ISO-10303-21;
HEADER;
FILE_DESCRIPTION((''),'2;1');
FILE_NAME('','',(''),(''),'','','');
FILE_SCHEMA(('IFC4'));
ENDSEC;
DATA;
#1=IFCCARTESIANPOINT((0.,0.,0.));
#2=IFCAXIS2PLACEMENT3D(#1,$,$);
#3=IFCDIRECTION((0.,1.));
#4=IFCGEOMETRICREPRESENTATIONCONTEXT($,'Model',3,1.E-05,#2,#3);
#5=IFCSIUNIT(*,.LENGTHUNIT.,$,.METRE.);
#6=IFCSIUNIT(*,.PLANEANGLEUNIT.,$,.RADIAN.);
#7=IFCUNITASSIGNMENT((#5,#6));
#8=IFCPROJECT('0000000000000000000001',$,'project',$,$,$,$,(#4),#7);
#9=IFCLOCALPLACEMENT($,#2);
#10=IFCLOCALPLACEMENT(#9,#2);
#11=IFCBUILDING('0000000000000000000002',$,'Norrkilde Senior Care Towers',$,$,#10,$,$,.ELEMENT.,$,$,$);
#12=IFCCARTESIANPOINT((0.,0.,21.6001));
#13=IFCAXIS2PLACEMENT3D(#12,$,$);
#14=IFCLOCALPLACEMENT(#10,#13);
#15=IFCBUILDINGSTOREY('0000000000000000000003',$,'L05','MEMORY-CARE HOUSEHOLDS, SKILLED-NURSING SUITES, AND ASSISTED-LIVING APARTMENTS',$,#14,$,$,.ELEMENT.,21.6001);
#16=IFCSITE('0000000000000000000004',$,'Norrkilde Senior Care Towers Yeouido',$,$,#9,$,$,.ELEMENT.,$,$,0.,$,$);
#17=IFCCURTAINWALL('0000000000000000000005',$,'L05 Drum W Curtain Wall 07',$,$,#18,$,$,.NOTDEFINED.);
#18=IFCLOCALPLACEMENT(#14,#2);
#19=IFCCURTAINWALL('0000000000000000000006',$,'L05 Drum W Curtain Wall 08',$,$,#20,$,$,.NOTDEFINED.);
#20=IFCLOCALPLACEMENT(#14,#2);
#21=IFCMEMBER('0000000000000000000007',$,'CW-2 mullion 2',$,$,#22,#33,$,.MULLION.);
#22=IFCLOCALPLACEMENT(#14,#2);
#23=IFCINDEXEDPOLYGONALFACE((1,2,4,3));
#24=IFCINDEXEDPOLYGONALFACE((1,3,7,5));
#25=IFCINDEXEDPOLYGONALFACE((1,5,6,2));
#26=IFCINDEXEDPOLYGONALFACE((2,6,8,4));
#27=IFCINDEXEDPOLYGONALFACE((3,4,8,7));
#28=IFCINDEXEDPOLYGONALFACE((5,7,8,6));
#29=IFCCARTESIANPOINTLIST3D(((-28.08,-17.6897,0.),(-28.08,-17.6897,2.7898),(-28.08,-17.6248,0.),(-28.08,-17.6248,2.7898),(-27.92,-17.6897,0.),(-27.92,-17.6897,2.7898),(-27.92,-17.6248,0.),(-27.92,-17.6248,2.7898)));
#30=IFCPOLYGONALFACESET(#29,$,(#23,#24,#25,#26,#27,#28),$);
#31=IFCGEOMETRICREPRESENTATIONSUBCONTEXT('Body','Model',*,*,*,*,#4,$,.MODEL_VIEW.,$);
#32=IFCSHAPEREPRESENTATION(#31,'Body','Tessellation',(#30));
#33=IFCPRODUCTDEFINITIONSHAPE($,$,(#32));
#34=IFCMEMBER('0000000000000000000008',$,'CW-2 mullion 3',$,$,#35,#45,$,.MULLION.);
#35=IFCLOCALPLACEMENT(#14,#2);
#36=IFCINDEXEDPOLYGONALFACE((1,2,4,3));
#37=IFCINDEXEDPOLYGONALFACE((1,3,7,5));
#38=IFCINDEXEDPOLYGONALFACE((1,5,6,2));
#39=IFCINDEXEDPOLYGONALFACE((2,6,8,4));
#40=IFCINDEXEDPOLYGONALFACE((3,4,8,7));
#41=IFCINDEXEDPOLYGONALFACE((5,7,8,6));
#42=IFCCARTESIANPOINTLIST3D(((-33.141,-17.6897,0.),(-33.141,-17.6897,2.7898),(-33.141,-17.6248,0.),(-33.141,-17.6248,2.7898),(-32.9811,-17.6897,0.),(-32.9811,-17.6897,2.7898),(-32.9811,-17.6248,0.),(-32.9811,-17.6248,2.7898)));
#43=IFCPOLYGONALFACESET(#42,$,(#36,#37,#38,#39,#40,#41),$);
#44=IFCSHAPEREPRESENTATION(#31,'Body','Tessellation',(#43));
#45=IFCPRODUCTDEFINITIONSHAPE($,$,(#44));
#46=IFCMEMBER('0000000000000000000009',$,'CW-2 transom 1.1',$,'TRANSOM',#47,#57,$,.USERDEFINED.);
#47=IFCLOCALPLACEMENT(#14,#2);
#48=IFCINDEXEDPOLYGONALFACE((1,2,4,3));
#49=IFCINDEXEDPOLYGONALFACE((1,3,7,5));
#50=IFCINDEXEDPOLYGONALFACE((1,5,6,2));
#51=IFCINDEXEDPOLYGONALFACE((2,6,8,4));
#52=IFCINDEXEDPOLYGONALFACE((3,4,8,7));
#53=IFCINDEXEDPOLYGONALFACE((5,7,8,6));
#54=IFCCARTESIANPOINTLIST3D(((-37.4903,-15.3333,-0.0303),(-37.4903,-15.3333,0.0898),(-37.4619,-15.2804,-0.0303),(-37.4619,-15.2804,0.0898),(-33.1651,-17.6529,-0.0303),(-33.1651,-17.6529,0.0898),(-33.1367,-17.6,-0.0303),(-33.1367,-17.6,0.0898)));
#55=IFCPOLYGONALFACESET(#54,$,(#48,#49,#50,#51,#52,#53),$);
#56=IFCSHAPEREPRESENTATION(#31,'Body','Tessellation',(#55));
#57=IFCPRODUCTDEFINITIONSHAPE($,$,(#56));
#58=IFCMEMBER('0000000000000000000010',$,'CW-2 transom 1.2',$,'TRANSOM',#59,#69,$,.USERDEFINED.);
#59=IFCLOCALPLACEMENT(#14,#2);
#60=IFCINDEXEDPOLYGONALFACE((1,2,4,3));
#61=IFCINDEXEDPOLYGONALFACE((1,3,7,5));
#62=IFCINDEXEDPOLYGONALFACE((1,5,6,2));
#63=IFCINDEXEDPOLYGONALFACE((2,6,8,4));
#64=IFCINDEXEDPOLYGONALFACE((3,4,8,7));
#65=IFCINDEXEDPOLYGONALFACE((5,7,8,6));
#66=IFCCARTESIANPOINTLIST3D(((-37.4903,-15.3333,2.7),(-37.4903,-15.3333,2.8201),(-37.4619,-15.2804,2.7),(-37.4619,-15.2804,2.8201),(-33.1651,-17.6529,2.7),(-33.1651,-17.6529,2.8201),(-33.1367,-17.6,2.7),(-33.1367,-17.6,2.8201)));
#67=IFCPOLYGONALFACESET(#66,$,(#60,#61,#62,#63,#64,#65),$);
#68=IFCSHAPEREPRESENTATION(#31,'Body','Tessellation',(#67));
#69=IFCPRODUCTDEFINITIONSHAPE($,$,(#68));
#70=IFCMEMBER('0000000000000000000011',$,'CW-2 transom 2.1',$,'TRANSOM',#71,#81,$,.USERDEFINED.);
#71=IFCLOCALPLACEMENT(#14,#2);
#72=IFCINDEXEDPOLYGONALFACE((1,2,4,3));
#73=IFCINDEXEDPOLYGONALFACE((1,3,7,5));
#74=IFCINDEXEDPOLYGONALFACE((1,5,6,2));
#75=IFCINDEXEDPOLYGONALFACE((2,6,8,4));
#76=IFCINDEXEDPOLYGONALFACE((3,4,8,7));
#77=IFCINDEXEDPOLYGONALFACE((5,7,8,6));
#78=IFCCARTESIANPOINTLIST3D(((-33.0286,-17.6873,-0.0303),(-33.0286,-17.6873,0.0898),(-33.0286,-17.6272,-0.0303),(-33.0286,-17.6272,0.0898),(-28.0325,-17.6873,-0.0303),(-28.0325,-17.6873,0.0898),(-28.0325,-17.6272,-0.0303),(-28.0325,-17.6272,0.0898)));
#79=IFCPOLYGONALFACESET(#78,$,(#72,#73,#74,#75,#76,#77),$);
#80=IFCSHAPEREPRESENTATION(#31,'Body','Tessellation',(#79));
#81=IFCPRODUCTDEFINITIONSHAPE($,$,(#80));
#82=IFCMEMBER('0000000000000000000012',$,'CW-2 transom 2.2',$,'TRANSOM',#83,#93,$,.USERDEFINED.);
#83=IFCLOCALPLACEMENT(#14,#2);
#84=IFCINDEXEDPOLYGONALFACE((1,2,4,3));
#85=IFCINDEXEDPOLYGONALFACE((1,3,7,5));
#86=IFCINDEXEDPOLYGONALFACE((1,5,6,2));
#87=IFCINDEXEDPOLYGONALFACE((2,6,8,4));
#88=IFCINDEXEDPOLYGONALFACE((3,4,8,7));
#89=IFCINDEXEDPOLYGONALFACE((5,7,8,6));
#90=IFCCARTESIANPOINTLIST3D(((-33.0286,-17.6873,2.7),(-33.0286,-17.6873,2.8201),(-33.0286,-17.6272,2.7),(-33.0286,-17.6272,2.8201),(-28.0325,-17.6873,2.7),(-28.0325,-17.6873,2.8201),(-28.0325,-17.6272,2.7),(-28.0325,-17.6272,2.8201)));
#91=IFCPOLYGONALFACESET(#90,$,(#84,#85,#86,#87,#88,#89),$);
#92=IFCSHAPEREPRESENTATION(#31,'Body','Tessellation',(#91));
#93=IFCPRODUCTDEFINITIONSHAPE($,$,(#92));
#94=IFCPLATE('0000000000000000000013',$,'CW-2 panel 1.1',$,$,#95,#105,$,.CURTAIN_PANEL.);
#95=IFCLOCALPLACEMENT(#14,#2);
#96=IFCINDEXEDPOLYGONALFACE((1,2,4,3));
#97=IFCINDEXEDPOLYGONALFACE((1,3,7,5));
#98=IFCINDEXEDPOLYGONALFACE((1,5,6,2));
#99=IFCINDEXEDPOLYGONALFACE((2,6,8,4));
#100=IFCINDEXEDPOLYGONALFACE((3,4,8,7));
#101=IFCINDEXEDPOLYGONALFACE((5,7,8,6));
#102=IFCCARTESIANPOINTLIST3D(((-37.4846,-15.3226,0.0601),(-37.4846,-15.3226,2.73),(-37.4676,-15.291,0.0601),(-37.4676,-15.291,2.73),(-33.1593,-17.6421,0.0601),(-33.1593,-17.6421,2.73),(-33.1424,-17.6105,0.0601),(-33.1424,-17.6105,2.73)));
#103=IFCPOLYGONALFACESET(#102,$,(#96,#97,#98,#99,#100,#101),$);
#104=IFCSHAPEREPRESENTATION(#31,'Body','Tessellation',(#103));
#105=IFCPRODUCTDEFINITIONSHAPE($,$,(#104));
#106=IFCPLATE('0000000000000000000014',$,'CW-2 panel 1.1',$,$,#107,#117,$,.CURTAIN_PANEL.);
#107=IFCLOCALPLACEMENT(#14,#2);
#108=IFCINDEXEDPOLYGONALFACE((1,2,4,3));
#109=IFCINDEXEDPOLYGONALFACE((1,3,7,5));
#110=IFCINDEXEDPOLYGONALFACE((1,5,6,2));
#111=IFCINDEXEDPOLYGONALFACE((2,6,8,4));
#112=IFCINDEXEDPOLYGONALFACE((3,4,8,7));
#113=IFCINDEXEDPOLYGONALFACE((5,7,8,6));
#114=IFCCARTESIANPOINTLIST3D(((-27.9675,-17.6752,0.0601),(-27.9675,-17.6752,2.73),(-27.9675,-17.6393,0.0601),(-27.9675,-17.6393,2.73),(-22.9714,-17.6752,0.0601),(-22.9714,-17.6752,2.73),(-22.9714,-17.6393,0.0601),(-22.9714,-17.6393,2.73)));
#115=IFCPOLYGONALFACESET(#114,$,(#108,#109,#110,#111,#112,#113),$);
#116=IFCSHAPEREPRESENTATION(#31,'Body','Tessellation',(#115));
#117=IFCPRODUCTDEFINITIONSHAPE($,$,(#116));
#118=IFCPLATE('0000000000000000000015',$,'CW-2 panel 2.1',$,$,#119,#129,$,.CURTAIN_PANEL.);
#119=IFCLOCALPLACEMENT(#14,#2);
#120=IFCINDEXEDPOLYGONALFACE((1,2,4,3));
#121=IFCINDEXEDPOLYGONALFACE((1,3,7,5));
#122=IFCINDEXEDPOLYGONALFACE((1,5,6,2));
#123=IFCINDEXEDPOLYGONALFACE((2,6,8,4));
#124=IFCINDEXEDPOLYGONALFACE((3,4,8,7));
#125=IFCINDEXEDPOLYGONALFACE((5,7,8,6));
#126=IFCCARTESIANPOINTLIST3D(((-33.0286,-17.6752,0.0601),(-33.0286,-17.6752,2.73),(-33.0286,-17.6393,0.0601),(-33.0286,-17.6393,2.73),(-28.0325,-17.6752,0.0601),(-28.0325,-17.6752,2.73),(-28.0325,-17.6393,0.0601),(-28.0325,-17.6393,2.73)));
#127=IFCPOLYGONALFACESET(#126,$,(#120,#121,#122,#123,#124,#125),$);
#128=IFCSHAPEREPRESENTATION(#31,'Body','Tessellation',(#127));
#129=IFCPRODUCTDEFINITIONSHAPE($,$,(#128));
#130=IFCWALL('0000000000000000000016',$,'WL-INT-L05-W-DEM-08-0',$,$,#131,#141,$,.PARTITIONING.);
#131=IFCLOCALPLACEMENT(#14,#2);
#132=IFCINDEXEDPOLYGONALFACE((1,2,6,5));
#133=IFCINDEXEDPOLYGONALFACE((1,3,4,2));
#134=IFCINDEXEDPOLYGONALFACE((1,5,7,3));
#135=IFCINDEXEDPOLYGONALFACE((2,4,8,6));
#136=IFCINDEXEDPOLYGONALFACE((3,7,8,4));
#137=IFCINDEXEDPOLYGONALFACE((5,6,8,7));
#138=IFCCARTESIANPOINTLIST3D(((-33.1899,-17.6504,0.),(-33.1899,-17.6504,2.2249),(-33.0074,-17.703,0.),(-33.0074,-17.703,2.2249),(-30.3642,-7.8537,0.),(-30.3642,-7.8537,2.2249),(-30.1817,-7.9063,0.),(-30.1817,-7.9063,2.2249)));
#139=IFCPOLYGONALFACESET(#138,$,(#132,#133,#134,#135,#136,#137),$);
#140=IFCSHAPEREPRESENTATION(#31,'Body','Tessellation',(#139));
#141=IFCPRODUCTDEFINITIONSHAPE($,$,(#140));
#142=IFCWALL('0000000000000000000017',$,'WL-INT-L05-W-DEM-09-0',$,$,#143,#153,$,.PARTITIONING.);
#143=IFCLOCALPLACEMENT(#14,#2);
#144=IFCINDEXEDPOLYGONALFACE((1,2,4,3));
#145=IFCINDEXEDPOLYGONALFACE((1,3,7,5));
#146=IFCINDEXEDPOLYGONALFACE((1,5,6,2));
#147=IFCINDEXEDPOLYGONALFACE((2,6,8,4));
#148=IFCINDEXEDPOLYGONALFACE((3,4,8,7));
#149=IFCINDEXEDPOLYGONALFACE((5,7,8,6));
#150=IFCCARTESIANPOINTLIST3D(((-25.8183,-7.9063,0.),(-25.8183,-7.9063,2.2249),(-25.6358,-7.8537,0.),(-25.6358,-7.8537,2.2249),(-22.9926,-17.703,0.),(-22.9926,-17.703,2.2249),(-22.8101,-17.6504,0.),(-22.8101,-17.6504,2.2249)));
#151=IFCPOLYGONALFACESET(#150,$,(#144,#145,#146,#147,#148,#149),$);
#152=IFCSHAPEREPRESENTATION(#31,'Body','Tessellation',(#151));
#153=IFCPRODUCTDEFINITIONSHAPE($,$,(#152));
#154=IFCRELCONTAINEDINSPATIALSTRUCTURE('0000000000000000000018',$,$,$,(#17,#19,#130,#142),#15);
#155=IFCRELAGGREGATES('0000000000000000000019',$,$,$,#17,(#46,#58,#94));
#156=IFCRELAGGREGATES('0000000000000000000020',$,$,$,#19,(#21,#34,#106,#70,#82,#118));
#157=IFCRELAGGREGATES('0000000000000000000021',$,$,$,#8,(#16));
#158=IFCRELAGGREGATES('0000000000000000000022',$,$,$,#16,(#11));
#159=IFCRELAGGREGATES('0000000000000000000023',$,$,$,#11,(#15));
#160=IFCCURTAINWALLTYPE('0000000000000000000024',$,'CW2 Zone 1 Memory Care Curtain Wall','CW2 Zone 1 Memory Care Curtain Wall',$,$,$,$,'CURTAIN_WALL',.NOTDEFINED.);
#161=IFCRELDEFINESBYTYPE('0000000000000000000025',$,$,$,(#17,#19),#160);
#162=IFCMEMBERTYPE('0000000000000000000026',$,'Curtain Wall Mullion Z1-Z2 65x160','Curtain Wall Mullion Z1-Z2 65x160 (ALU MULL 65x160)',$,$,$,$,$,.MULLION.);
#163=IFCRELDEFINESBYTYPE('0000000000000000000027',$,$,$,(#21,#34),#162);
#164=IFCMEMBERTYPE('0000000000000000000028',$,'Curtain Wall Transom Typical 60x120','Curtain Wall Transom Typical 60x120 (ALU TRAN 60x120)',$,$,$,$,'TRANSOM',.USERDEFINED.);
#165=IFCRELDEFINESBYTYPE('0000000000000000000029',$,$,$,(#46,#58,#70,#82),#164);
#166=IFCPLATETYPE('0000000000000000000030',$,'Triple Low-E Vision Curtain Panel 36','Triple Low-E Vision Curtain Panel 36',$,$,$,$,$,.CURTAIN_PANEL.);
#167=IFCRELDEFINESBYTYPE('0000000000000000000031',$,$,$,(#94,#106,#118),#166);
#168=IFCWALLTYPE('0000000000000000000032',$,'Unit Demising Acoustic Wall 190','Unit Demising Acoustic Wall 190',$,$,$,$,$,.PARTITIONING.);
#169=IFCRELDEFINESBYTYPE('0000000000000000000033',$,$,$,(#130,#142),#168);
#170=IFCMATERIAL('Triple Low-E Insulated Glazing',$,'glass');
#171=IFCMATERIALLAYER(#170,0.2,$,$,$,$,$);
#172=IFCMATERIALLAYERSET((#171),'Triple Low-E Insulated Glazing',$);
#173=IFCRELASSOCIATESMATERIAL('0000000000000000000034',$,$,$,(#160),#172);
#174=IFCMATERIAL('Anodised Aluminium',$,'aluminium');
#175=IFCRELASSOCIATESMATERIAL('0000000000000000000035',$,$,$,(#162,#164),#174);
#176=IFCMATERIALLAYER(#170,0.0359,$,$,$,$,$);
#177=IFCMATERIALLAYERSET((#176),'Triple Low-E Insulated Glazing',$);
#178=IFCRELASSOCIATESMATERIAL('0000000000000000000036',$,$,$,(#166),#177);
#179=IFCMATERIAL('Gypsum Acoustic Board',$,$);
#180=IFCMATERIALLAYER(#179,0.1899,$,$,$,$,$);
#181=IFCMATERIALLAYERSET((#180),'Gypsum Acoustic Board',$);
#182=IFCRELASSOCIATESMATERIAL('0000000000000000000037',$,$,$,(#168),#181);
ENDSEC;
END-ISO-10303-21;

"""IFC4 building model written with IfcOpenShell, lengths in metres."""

from ifc_helpers import new_model, si_unit, direction, frame, frame_2d, origin, origin_2d, place, context, subcontext, project, spatial, rectangle, extrude, source, transform, mapped, material, layer, layer_set, material_profile, profile_set, type_object, type_shapes, element, aggregate, save


model = new_model("IFC4")

# Units and contexts
model_context = context("Model", 3, precision=1e-05, world=origin(), true_north=direction((0.0, 1.0)))
body_context = subcontext(model_context, "Body", "Model", "MODEL_VIEW")
ifc_project = project(units=[si_unit("LENGTHUNIT", "METRE"), si_unit("PLANEANGLEUNIT", "RADIAN")], contexts=[model_context])

# Site, building, storey
site_placement = place(None, origin())
site = spatial("IfcSite", under=ifc_project, at=site_placement, Name="Norrkilde Senior Care Towers Yeouido", CompositionType="ELEMENT", RefElevation=0.0)
building_placement = place(site_placement, origin())
building = spatial("IfcBuilding", under=site, at=building_placement, Name="Norrkilde Senior Care Towers", CompositionType="ELEMENT")
storey_placement = place(building_placement, frame((0.0, 0.0, 21.6001)))
storey = spatial("IfcBuildingStorey", under=building, at=storey_placement, Name="L05", Description="MEMORY-CARE HOUSEHOLDS, SKILLED-NURSING SUITES, AND ASSISTED-LIVING APARTMENTS", CompositionType="ELEMENT", Elevation=21.6001)

# Curtain wall
ifc_material_1 = material(Name="Triple Low-E Insulated Glazing", Category="glass")
ifc_layer_1 = layer(ifc_material_1, 0.2)
ifc_layer_set_1 = layer_set([ifc_layer_1], Name="Triple Low-E Insulated Glazing")
curtain_wall_type = type_object("IfcCurtainWallType", Name="CW2 Zone 1 Memory Care Curtain Wall", Description="CW2 Zone 1 Memory Care Curtain Wall", ElementType="CURTAIN_WALL", PredefinedType="NOTDEFINED", material=ifc_layer_set_1)
curtain_wall_1_placement = place(storey_placement, origin())
curtain_wall_1 = element("IfcCurtainWall", 1, at=curtain_wall_1_placement, inside=storey, type_object=curtain_wall_type, Name="L05 Drum W Curtain Wall 07", PredefinedType="NOTDEFINED")
ifc_material_2 = material(Name="Anodised Aluminium", Category="aluminium")
ifc_material_profile_1 = material_profile(ifc_material_2, rectangle(XDim=0.0649, YDim=0.1599, at=origin_2d()), Name="ALU MULL 65x160")
ifc_profile_set_1 = profile_set([ifc_material_profile_1], Name="Anodised Aluminium")
member_type_1 = type_object("IfcMemberType", Name="Curtain Wall Mullion Z1-Z2 65x160", Description="Curtain Wall Mullion Z1-Z2 65x160 (ALU MULL 65x160)", PredefinedType="MULLION", material=ifc_profile_set_1)
shared_shape_1 = source(origin(), body_context, "Body", "SweptSolid", [
    extrude(rectangle(XDim=0.0649, YDim=0.1599, at=origin_2d()), origin(), (0.0, 0.0, 1.0), 2.7898),
])
type_shapes(member_type_1, [shared_shape_1])

# Curtain wall, members
curtain_wall_2_placement = place(storey_placement, origin())
curtain_wall_2 = element("IfcCurtainWall", 2, at=curtain_wall_2_placement, inside=storey, type_object=curtain_wall_type, Name="L05 Drum W Curtain Wall 08", PredefinedType="NOTDEFINED")
member_1_placement = place(storey_placement, frame((-28.0, -17.6572, 0.0), z_axis=(0.0, 0.0, 1.0), x_axis=(0.0, -1.0, 0.0)))
member_1 = element("IfcMember", 3, at=member_1_placement, type_object=member_type_1, Name="CW-2 mullion 2", PredefinedType="MULLION", context=body_context, shape_type="MappedRepresentation", body=[
    mapped(shared_shape_1, transform((0.0, 0.0, 0.0), x_axis=(1.0, 0.0, 0.0), y_axis=(0.0, 1.0, 0.0), z_axis=(0.0, 0.0, 1.0), scale=1.0)),
])
member_2_placement = place(storey_placement, frame((-33.061, -17.6572, 0.0), z_axis=(0.0, 0.0, 1.0), x_axis=(0.0, -1.0, 0.0)))
member_2 = element("IfcMember", 4, at=member_2_placement, type_object=member_type_1, Name="CW-2 mullion 3", PredefinedType="MULLION", context=body_context, shape_type="MappedRepresentation", body=[
    mapped(shared_shape_1, transform((0.0, 0.0, 0.0), x_axis=(1.0, 0.0, 0.0), y_axis=(0.0, 1.0, 0.0), z_axis=(0.0, 0.0, 1.0), scale=1.0)),
])

# Members
ifc_material_profile_2 = material_profile(ifc_material_2, rectangle(XDim=0.0601, YDim=0.1201, at=origin_2d()), Name="ALU TRAN 60x120")
ifc_profile_set_2 = profile_set([ifc_material_profile_2], Name="Anodised Aluminium")
member_type_2 = type_object("IfcMemberType", Name="Curtain Wall Transom Typical 60x120", Description="Curtain Wall Transom Typical 60x120 (ALU TRAN 60x120)", ElementType="TRANSOM", PredefinedType="USERDEFINED", material=ifc_profile_set_2)
shared_shape_2 = source(origin(), body_context, "Body", "SweptSolid", [
    extrude(rectangle(XDim=0.0601, YDim=0.1201, at=origin_2d()), origin(), (0.0, 0.0, 1.0), 4.908),
])
member_3_placement = place(storey_placement, frame((-33.1509, -17.6265, 0.0298), z_axis=(-0.881267, 0.472619, 0.0), x_axis=(-0.472619, -0.881267, 0.0)))
member_3 = element("IfcMember", 5, at=member_3_placement, type_object=member_type_2, Name="CW-2 transom 1.1", ObjectType="TRANSOM", PredefinedType="USERDEFINED", context=body_context, shape_type="MappedRepresentation", body=[
    mapped(shared_shape_2, transform((0.0, 0.0, 0.0), x_axis=(1.0, 0.0, 0.0), y_axis=(0.0, 1.0, 0.0), z_axis=(0.0, 0.0, 1.0), scale=1.0)),
])
member_4_placement = place(storey_placement, frame((-33.1509, -17.6265, 2.76), z_axis=(-0.881267, 0.472619, 0.0), x_axis=(-0.472619, -0.881267, 0.0)))
member_4 = element("IfcMember", 6, at=member_4_placement, type_object=member_type_2, Name="CW-2 transom 1.2", ObjectType="TRANSOM", PredefinedType="USERDEFINED", context=body_context, shape_type="MappedRepresentation", body=[
    mapped(shared_shape_2, transform((0.0, 0.0, 0.0), x_axis=(1.0, 0.0, 0.0), y_axis=(0.0, 1.0, 0.0), z_axis=(0.0, 0.0, 1.0), scale=1.0)),
])
shared_shape_3 = source(origin(), body_context, "Body", "SweptSolid", [
    extrude(rectangle(XDim=0.0601, YDim=0.1201, at=origin_2d()), origin(), (0.0, 0.0, 1.0), 4.9961),
])
type_shapes(member_type_2, [shared_shape_2, shared_shape_3])
member_5_placement = place(storey_placement, frame((-28.0325, -17.6572, 0.0298), z_axis=(-1.0, 0.0, 0.0), x_axis=(0.0, -1.0, 0.0)))
member_5 = element("IfcMember", 7, at=member_5_placement, type_object=member_type_2, Name="CW-2 transom 2.1", ObjectType="TRANSOM", PredefinedType="USERDEFINED", context=body_context, shape_type="MappedRepresentation", body=[
    mapped(shared_shape_3, transform((0.0, 0.0, 0.0), x_axis=(1.0, 0.0, 0.0), y_axis=(0.0, 1.0, 0.0), z_axis=(0.0, 0.0, 1.0), scale=1.0)),
])
member_6_placement = place(storey_placement, frame((-28.0325, -17.6572, 2.76), z_axis=(-1.0, 0.0, 0.0), x_axis=(0.0, -1.0, 0.0)))
member_6 = element("IfcMember", 8, at=member_6_placement, type_object=member_type_2, Name="CW-2 transom 2.2", ObjectType="TRANSOM", PredefinedType="USERDEFINED", context=body_context, shape_type="MappedRepresentation", body=[
    mapped(shared_shape_3, transform((0.0, 0.0, 0.0), x_axis=(1.0, 0.0, 0.0), y_axis=(0.0, 1.0, 0.0), z_axis=(0.0, 0.0, 1.0), scale=1.0)),
])

# Plates
ifc_layer_2 = layer(ifc_material_1, 0.0359)
ifc_layer_set_2 = layer_set([ifc_layer_2], Name="Triple Low-E Insulated Glazing")
plate_type = type_object("IfcPlateType", Name="Triple Low-E Vision Curtain Panel 36", Description="Triple Low-E Vision Curtain Panel 36", PredefinedType="CURTAIN_PANEL", material=ifc_layer_set_2)
shared_shape_4 = source(origin(), body_context, "Body", "SweptSolid", [
    extrude(rectangle(XDim=4.908, YDim=0.0359, at=origin_2d()), origin(), (0.0, 0.0, 1.0), 2.6699),
])
plate_1_placement = place(storey_placement, frame((-35.3135, -16.4666, 0.0601), z_axis=(0.0, 0.0, 1.0), x_axis=(-0.881273, 0.472608, 0.0)))
plate_1 = element("IfcPlate", 9, at=plate_1_placement, type_object=plate_type, Name="CW-2 panel 1.1", PredefinedType="CURTAIN_PANEL", context=body_context, shape_type="MappedRepresentation", body=[
    mapped(shared_shape_4, transform((0.0, 0.0, 0.0), x_axis=(1.0, 0.0, 0.0), y_axis=(0.0, 1.0, 0.0), z_axis=(0.0, 0.0, 1.0), scale=1.0)),
])
aggregate(curtain_wall_1, [member_3, member_4, plate_1])
shared_shape_5 = source(origin(), body_context, "Body", "SweptSolid", [
    extrude(rectangle(XDim=4.9961, YDim=0.0359, at=origin_2d()), origin(), (0.0, 0.0, 1.0), 2.6699),
])
type_shapes(plate_type, [shared_shape_4, shared_shape_5])
plate_2_placement = place(storey_placement, frame((-25.4695, -17.6572, 0.0601), z_axis=(0.0, 0.0, 1.0), x_axis=(-1.0, 0.0, 0.0)))
plate_2 = element("IfcPlate", 10, at=plate_2_placement, type_object=plate_type, Name="CW-2 panel 1.1", PredefinedType="CURTAIN_PANEL", context=body_context, shape_type="MappedRepresentation", body=[
    mapped(shared_shape_5, transform((0.0, 0.0, 0.0), x_axis=(1.0, 0.0, 0.0), y_axis=(0.0, 1.0, 0.0), z_axis=(0.0, 0.0, 1.0), scale=1.0)),
])
plate_3_placement = place(storey_placement, frame((-30.5305, -17.6572, 0.0601), z_axis=(0.0, 0.0, 1.0), x_axis=(-1.0, 0.0, 0.0)))
plate_3 = element("IfcPlate", 11, at=plate_3_placement, type_object=plate_type, Name="CW-2 panel 2.1", PredefinedType="CURTAIN_PANEL", context=body_context, shape_type="MappedRepresentation", body=[
    mapped(shared_shape_5, transform((0.0, 0.0, 0.0), x_axis=(1.0, 0.0, 0.0), y_axis=(0.0, 1.0, 0.0), z_axis=(0.0, 0.0, 1.0), scale=1.0)),
])
aggregate(curtain_wall_2, [member_1, member_2, plate_2, member_5, member_6, plate_3])

# Walls
ifc_material_3 = material(Name="Gypsum Acoustic Board")
ifc_layer_3 = layer(ifc_material_3, 0.1899)
ifc_layer_set_3 = layer_set([ifc_layer_3], Name="Gypsum Acoustic Board")
wall_type = type_object("IfcWallType", Name="Unit Demising Acoustic Wall 190", Description="Unit Demising Acoustic Wall 190", PredefinedType="PARTITIONING", material=ifc_layer_set_3)
shared_shape_6 = source(origin(), body_context, "Body", "SweptSolid", [
    extrude(rectangle(XDim=10.196, YDim=0.1899, at=frame_2d((5.0981, 0.0))), origin(), (0.0, 0.0, 1.0), 2.2249),
])
type_shapes(wall_type, [shared_shape_6])
for number, where, z_axis, x_axis, name in (
    (12, (-30.2729, -7.8799, 0.0), (0.0, 0.0, 1.0), (-0.277136, -0.960831, 0.0), "WL-INT-L05-W-DEM-08-0"),
    (13, (-25.7271, -7.8799, 0.0), (0.0, 0.0, 1.0), (0.277136, -0.960831, 0.0), "WL-INT-L05-W-DEM-09-0"),
):
    element("IfcWall", number, at=place(storey_placement, frame(where, z_axis=z_axis, x_axis=x_axis)), inside=storey, type_object=wall_type, Name=name, PredefinedType="PARTITIONING", context=body_context, shape_type="MappedRepresentation", body=[
        mapped(shared_shape_6, transform((0.0, 0.0, 0.0), x_axis=(1.0, 0.0, 0.0), y_axis=(0.0, 1.0, 0.0), z_axis=(0.0, 0.0, 1.0), scale=1.0)),
    ])

save(model, "model.ifc")
